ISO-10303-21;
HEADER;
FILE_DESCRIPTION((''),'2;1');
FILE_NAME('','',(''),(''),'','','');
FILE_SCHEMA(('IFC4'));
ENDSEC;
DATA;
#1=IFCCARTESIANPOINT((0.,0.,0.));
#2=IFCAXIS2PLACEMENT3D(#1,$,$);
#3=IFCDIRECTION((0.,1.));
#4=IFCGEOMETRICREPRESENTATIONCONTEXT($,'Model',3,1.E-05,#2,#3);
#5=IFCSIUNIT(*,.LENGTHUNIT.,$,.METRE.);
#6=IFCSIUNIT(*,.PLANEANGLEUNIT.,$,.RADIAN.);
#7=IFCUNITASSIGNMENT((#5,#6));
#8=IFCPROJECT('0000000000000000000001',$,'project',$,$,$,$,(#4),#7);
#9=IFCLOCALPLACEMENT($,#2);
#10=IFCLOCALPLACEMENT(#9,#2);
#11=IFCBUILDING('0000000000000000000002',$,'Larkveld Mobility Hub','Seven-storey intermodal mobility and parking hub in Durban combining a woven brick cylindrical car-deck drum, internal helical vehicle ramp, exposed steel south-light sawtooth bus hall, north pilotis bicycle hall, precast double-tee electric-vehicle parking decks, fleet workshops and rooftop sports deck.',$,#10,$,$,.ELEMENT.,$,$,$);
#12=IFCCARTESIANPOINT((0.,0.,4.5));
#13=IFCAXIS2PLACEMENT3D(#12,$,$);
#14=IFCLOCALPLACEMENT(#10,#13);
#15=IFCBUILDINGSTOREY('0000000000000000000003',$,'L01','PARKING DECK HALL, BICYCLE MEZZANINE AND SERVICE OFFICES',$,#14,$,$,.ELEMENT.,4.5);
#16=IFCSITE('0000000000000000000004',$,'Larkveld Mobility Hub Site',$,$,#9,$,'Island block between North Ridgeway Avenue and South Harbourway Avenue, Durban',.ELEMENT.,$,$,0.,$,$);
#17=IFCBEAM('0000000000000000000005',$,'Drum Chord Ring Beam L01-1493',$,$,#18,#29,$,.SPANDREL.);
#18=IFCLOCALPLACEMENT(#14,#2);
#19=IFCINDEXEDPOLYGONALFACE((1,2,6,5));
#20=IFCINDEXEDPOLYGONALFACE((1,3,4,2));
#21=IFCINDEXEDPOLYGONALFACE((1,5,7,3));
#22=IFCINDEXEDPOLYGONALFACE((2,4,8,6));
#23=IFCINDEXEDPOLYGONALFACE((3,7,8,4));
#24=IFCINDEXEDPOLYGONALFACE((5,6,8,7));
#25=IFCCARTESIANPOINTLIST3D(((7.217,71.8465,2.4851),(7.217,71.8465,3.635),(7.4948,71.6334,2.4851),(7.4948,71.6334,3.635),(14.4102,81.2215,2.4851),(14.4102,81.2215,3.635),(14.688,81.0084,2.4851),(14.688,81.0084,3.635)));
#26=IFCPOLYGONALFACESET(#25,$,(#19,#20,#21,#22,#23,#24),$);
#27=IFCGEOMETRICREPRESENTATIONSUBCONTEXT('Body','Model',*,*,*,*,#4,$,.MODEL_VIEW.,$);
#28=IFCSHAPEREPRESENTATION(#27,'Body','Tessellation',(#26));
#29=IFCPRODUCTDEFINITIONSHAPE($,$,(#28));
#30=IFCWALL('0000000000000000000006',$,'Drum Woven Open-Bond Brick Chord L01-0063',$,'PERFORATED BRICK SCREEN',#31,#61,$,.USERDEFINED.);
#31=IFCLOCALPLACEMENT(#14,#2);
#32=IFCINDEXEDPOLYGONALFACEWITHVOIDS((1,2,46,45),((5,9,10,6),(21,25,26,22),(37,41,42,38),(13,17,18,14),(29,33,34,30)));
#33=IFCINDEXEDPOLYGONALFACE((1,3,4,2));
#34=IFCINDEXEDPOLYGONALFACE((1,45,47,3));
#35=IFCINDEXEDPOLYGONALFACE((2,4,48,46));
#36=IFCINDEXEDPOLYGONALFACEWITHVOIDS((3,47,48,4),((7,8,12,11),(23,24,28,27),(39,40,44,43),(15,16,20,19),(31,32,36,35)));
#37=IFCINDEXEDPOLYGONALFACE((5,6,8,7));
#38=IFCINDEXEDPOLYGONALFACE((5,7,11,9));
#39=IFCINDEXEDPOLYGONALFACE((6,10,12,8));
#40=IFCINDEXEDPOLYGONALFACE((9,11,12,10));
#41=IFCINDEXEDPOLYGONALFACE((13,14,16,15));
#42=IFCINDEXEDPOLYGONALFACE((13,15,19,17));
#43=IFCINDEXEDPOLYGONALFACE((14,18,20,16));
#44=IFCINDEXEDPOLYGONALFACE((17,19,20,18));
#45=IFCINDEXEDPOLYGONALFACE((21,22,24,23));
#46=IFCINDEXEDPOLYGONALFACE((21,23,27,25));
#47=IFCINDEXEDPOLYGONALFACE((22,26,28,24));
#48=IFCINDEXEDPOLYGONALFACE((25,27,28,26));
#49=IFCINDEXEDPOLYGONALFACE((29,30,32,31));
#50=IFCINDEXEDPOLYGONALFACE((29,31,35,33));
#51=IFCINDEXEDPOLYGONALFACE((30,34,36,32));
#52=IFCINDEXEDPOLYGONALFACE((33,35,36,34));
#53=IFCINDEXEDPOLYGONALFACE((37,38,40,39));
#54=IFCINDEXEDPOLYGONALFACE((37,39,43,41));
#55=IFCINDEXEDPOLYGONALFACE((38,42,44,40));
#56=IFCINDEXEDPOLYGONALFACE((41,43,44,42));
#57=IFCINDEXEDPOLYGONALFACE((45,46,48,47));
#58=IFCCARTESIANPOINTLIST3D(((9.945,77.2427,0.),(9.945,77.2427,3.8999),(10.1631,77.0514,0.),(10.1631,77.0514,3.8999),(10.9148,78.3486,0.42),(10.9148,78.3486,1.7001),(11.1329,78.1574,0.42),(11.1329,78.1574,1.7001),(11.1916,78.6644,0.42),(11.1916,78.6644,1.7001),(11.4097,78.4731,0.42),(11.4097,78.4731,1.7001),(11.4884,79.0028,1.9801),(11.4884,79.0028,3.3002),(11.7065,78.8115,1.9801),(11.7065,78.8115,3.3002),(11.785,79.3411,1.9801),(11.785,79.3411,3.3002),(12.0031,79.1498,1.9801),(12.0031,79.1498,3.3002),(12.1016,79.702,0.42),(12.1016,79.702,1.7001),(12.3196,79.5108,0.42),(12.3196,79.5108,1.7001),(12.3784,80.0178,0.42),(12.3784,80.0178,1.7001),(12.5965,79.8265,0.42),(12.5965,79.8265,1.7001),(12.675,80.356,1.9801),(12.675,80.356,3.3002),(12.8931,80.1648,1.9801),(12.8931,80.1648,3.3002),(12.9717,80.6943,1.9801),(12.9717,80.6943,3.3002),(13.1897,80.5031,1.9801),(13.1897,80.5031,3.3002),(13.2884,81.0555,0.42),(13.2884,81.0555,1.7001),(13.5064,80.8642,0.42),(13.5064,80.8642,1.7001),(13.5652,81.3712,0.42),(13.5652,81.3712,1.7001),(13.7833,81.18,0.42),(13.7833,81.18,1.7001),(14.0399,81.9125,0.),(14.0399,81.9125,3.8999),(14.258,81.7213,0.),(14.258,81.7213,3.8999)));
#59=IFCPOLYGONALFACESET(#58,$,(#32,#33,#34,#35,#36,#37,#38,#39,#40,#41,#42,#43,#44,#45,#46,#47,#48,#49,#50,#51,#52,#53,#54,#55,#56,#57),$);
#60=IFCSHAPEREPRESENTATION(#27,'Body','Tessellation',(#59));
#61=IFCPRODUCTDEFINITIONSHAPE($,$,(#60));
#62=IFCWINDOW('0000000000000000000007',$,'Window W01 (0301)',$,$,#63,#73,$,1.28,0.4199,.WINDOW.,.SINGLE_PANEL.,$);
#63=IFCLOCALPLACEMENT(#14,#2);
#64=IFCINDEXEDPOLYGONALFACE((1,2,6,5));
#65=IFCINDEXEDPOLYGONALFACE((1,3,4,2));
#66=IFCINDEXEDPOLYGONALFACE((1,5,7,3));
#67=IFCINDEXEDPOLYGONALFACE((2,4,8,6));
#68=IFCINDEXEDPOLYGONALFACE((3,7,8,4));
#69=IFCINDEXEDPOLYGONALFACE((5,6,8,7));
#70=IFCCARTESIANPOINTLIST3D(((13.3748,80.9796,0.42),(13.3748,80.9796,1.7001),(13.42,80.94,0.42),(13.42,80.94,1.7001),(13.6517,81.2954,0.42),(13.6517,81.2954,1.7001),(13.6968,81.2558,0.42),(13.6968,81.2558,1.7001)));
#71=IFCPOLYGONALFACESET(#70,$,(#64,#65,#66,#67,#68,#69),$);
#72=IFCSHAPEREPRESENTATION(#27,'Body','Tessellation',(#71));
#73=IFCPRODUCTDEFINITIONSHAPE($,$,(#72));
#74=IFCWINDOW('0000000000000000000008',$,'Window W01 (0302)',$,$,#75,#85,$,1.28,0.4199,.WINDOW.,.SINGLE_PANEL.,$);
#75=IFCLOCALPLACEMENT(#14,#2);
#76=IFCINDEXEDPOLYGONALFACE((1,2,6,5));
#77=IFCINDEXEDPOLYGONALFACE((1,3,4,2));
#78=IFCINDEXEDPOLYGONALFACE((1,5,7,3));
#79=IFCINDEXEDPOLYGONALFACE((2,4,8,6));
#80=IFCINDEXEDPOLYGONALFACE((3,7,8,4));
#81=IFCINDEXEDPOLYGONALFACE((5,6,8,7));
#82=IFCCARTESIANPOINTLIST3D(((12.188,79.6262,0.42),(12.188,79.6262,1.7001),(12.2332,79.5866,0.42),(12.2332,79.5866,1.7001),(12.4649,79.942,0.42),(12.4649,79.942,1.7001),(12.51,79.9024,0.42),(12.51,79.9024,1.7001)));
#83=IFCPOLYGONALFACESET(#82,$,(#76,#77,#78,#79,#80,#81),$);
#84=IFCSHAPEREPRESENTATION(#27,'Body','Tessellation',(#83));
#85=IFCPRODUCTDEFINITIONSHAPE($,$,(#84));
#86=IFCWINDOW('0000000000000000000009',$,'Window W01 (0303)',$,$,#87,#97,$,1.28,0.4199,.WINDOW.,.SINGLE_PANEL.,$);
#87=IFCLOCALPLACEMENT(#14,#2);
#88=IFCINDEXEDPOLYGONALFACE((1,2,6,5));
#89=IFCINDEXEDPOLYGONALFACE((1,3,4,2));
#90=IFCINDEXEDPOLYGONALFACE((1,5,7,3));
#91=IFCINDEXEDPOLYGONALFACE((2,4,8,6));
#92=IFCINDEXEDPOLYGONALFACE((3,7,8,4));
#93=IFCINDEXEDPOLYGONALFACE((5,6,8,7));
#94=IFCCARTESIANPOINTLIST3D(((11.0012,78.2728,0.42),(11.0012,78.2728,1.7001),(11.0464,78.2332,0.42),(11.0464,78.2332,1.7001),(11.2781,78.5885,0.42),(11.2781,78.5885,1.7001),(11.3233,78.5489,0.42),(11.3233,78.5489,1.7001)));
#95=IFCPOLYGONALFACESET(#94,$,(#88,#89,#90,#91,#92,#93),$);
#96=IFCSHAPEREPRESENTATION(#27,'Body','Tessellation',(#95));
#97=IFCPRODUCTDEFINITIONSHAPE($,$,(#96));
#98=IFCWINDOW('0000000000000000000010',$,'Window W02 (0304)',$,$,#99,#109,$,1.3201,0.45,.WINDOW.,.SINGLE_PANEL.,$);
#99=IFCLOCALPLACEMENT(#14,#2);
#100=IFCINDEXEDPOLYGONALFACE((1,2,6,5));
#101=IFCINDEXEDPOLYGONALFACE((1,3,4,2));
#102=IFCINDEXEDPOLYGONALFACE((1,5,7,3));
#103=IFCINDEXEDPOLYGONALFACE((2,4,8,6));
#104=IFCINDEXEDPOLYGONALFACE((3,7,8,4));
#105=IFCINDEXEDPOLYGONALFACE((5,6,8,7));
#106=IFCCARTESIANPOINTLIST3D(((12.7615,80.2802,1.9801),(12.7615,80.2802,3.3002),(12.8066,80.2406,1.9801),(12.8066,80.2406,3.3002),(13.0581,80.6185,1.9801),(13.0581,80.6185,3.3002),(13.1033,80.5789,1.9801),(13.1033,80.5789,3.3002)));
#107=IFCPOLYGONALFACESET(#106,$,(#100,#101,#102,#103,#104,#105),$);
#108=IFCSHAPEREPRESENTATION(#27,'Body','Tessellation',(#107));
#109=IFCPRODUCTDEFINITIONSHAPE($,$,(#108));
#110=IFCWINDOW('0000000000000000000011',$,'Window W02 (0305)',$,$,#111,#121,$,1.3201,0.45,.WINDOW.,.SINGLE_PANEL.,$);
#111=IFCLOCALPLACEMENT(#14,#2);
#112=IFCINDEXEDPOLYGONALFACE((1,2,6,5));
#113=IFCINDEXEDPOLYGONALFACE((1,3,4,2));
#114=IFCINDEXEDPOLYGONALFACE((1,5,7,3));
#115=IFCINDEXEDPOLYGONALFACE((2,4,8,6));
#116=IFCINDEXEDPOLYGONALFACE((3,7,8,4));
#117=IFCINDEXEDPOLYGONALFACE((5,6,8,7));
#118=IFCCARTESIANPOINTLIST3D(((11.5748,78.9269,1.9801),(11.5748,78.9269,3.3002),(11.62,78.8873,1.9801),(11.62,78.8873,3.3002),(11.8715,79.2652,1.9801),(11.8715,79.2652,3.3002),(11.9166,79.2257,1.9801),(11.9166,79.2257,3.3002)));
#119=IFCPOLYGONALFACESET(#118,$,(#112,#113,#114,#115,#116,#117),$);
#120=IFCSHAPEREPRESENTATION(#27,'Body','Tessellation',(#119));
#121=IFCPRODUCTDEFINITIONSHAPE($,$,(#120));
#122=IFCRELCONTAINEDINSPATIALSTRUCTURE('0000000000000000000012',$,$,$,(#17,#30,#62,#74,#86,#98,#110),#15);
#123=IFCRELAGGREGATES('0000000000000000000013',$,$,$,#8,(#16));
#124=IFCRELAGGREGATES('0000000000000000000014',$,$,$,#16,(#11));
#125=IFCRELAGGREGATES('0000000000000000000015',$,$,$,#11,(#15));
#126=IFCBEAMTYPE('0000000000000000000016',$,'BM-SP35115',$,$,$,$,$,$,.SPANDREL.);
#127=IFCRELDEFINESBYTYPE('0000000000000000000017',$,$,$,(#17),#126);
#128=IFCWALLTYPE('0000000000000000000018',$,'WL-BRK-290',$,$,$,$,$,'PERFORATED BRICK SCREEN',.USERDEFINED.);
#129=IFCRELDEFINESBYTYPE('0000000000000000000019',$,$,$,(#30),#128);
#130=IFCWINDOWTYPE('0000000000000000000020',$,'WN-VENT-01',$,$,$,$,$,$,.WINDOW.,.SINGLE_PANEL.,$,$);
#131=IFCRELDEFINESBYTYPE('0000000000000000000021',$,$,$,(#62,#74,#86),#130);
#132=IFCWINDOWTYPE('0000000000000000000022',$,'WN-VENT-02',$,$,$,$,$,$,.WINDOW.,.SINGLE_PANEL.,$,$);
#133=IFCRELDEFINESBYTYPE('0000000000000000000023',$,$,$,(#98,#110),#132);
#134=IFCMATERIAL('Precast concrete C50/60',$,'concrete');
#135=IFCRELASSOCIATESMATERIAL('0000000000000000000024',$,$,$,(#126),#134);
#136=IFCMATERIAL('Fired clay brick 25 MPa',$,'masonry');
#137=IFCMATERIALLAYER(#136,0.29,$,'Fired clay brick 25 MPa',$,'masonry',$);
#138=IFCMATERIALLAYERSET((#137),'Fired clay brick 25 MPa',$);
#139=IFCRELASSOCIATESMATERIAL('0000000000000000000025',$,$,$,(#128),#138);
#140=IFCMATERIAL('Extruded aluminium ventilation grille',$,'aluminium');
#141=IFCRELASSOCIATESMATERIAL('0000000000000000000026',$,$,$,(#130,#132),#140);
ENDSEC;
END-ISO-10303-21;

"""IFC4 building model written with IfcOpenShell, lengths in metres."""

from ifc_helpers import new_model, si_unit, direction, frame, frame_2d, origin, origin_2d, place, context, subcontext, project, spatial, rectangle, extrude, material, layer, layer_set, material_profile, profile_set, type_object, element, fill, save


model = new_model("IFC4")

# Units and contexts
model_context = context("Model", 3, precision=1e-05, world=origin(), true_north=direction((0.0, 1.0)))
body_context = subcontext(model_context, "Body", "Model", "MODEL_VIEW")
ifc_project = project(units=[si_unit("LENGTHUNIT", "METRE"), si_unit("PLANEANGLEUNIT", "RADIAN")], contexts=[model_context])

# Site, building, storey
site_placement = place(None, origin())
site = spatial("IfcSite", under=ifc_project, at=site_placement, Name="Larkveld Mobility Hub Site", LongName="Island block between North Ridgeway Avenue and South Harbourway Avenue, Durban", CompositionType="ELEMENT", RefElevation=0.0)
building_placement = place(site_placement, origin())
building = spatial("IfcBuilding", under=site, at=building_placement, Name="Larkveld Mobility Hub", Description="Seven-storey intermodal mobility and parking hub in Durban combining a woven brick cylindrical car-deck drum, internal helical vehicle ramp, exposed steel south-light sawtooth bus hall, north pilotis bicycle hall, precast double-tee electric-vehicle parking decks, fleet workshops and rooftop sports deck.", CompositionType="ELEMENT")
storey_placement = place(building_placement, frame((0.0, 0.0, 4.5)))
storey = spatial("IfcBuildingStorey", under=building, at=storey_placement, Name="L01", Description="PARKING DECK HALL, BICYCLE MEZZANINE AND SERVICE OFFICES", CompositionType="ELEMENT", Elevation=4.5)

# Beam
ifc_material_1 = material(Name="Precast concrete C50/60", Category="concrete")
ifc_material_profile = material_profile(ifc_material_1, rectangle(XDim=0.3501, YDim=1.1499, at=origin_2d()), Name="PC SP 350x1150")
ifc_profile_set = profile_set([ifc_material_profile], Name="Precast concrete C50/60")
beam_type = type_object("IfcBeamType", Name="BM-SP35115", PredefinedType="SPANDREL", material=ifc_profile_set)
beam_placement = place(storey_placement, frame((14.5491, 81.115, 3.0601), z_axis=(-0.608731, -0.793377, 0.0), x_axis=(0.793377, -0.608731, 0.0)))
element("IfcBeam", 1, at=beam_placement, inside=storey, type_object=beam_type, Name="Drum Chord Ring Beam L01-1493", PredefinedType="SPANDREL", context=body_context, shape_type="SweptSolid", body=[
    extrude(rectangle(XDim=0.3501, YDim=1.1499, at=origin_2d()), origin(), (0.0, 0.0, 1.0), 11.8167),
])

# Wall, openings, windows
ifc_material_2 = material(Name="Fired clay brick 25 MPa", Category="masonry")
ifc_layer_1 = layer(ifc_material_2, 0.29, Name="Fired clay brick 25 MPa", Category="masonry")
ifc_layer_set_1 = layer_set([ifc_layer_1], Name="Fired clay brick 25 MPa")
wall_type_1 = type_object("IfcWallType", Name="WL-BRK-290", ElementType="PERFORATED BRICK SCREEN", PredefinedType="USERDEFINED", material=ifc_layer_set_1)
wall_1_placement = place(storey_placement, frame((14.1489, 81.8169, 0.0), z_axis=(0.0, 0.0, 1.0), x_axis=(-0.659306, -0.751875, 0.0)))
wall_1 = element("IfcWall", 2, at=wall_1_placement, inside=storey, type_object=wall_type_1, Name="Drum Woven Open-Bond Brick Chord L01-0063", ObjectType="PERFORATED BRICK SCREEN", PredefinedType="USERDEFINED", context=body_context, shape_type="SweptSolid", body=[
    extrude(rectangle(XDim=6.2109, YDim=0.29, at=frame_2d((3.1055, 0.0))), origin(), (0.0, 0.0, 1.0), 3.8999),
])
opening_1_placement = place(wall_1_placement, frame((0.72, 0.0, 0.4199)))
opening_1 = element("IfcOpeningElement", 3, at=opening_1_placement, cuts=wall_1, PredefinedType="OPENING", context=body_context, shape_type="SweptSolid", body=[
    extrude(rectangle(XDim=0.4199, YDim=1.28, at=frame_2d((0.21, 0.6401))), frame((0.0, 0.155, 0.0), z_axis=(0.0, -1.0, 0.0), x_axis=(1.0, 0.0, 0.0)), (0.0, 0.0, 1.0), 0.3101),
])
opening_2_placement = place(wall_1_placement, frame((2.52, 0.0, 0.4199)))
opening_2 = element("IfcOpeningElement", 4, at=opening_2_placement, cuts=wall_1, PredefinedType="OPENING", context=body_context, shape_type="SweptSolid", body=[
    extrude(rectangle(XDim=0.4199, YDim=1.28, at=frame_2d((0.21, 0.6401))), frame((0.0, 0.155, 0.0), z_axis=(0.0, -1.0, 0.0), x_axis=(1.0, 0.0, 0.0)), (0.0, 0.0, 1.0), 0.3101),
])
opening_3_placement = place(wall_1_placement, frame((4.3201, 0.0, 0.4199)))
opening_3 = element("IfcOpeningElement", 5, at=opening_3_placement, cuts=wall_1, PredefinedType="OPENING", context=body_context, shape_type="SweptSolid", body=[
    extrude(rectangle(XDim=0.4199, YDim=1.28, at=frame_2d((0.21, 0.6401))), frame((0.0, 0.155, 0.0), z_axis=(0.0, -1.0, 0.0), x_axis=(1.0, 0.0, 0.0)), (0.0, 0.0, 1.0), 0.3101),
])
opening_4_placement = place(wall_1_placement, frame((1.6201, 0.0, 1.98)))
opening_4 = element("IfcOpeningElement", 6, at=opening_4_placement, cuts=wall_1, PredefinedType="OPENING", context=body_context, shape_type="SweptSolid", body=[
    extrude(rectangle(XDim=0.45, YDim=1.3201, at=frame_2d((0.2251, 0.6602))), frame((0.0, 0.155, 0.0), z_axis=(0.0, -1.0, 0.0), x_axis=(1.0, 0.0, 0.0)), (0.0, 0.0, 1.0), 0.3101),
])
opening_5_placement = place(wall_1_placement, frame((3.4199, 0.0, 1.98)))
opening_5 = element("IfcOpeningElement", 7, at=opening_5_placement, cuts=wall_1, PredefinedType="OPENING", context=body_context, shape_type="SweptSolid", body=[
    extrude(rectangle(XDim=0.45, YDim=1.3201, at=frame_2d((0.2251, 0.6602))), frame((0.0, 0.155, 0.0), z_axis=(0.0, -1.0, 0.0), x_axis=(1.0, 0.0, 0.0)), (0.0, 0.0, 1.0), 0.3101),
])
ifc_material_3 = material(Name="Extruded aluminium ventilation grille", Category="aluminium")
window_type_1 = type_object("IfcWindowType", Name="WN-VENT-01", PartitioningType="SINGLE_PANEL", PredefinedType="WINDOW", material=ifc_material_3)
window_1_placement = place(opening_1_placement, origin())
window_1 = element("IfcWindow", 8, at=window_1_placement, inside=storey, type_object=window_type_1, Name="Window W01 (0301)", OverallHeight=1.28, OverallWidth=0.4199, PartitioningType="SINGLE_PANEL", PredefinedType="WINDOW", context=body_context, shape_type="SweptSolid", body=[
    extrude(rectangle(XDim=0.4199, YDim=1.28, at=frame_2d((0.21, 0.6401))), frame((0.0, 0.03, 0.0), z_axis=(0.0, -1.0, 0.0), x_axis=(1.0, 0.0, 0.0)), (0.0, 0.0, 1.0), 0.0601),
])
fill(opening_1, window_1)
window_2_placement = place(opening_2_placement, origin())
window_2 = element("IfcWindow", 9, at=window_2_placement, inside=storey, type_object=window_type_1, Name="Window W01 (0302)", OverallHeight=1.28, OverallWidth=0.4199, PartitioningType="SINGLE_PANEL", PredefinedType="WINDOW", context=body_context, shape_type="SweptSolid", body=[
    extrude(rectangle(XDim=0.4199, YDim=1.28, at=frame_2d((0.21, 0.6401))), frame((0.0, 0.03, 0.0), z_axis=(0.0, -1.0, 0.0), x_axis=(1.0, 0.0, 0.0)), (0.0, 0.0, 1.0), 0.0601),
])
fill(opening_2, window_2)
window_3_placement = place(opening_3_placement, origin())
window_3 = element("IfcWindow", 10, at=window_3_placement, inside=storey, type_object=window_type_1, Name="Window W01 (0303)", OverallHeight=1.28, OverallWidth=0.4199, PartitioningType="SINGLE_PANEL", PredefinedType="WINDOW", context=body_context, shape_type="SweptSolid", body=[
    extrude(rectangle(XDim=0.4199, YDim=1.28, at=frame_2d((0.21, 0.6401))), frame((0.0, 0.03, 0.0), z_axis=(0.0, -1.0, 0.0), x_axis=(1.0, 0.0, 0.0)), (0.0, 0.0, 1.0), 0.0601),
])
fill(opening_3, window_3)
window_type_2 = type_object("IfcWindowType", Name="WN-VENT-02", PartitioningType="SINGLE_PANEL", PredefinedType="WINDOW", material=ifc_material_3)
window_4_placement = place(opening_4_placement, origin())
window_4 = element("IfcWindow", 11, at=window_4_placement, inside=storey, type_object=window_type_2, Name="Window W02 (0304)", OverallHeight=1.3201, OverallWidth=0.45, PartitioningType="SINGLE_PANEL", PredefinedType="WINDOW", context=body_context, shape_type="SweptSolid", body=[
    extrude(rectangle(XDim=0.45, YDim=1.3201, at=frame_2d((0.2251, 0.6602))), frame((0.0, 0.03, 0.0), z_axis=(0.0, -1.0, 0.0), x_axis=(1.0, 0.0, 0.0)), (0.0, 0.0, 1.0), 0.0601),
])
fill(opening_4, window_4)
window_5_placement = place(opening_5_placement, origin())
window_5 = element("IfcWindow", 12, at=window_5_placement, inside=storey, type_object=window_type_2, Name="Window W02 (0305)", OverallHeight=1.3201, OverallWidth=0.45, PartitioningType="SINGLE_PANEL", PredefinedType="WINDOW", context=body_context, shape_type="SweptSolid", body=[
    extrude(rectangle(XDim=0.45, YDim=1.3201, at=frame_2d((0.2251, 0.6602))), frame((0.0, 0.03, 0.0), z_axis=(0.0, -1.0, 0.0), x_axis=(1.0, 0.0, 0.0)), (0.0, 0.0, 1.0), 0.0601),
])
fill(opening_5, window_5)

save(model, "model.ifc")
